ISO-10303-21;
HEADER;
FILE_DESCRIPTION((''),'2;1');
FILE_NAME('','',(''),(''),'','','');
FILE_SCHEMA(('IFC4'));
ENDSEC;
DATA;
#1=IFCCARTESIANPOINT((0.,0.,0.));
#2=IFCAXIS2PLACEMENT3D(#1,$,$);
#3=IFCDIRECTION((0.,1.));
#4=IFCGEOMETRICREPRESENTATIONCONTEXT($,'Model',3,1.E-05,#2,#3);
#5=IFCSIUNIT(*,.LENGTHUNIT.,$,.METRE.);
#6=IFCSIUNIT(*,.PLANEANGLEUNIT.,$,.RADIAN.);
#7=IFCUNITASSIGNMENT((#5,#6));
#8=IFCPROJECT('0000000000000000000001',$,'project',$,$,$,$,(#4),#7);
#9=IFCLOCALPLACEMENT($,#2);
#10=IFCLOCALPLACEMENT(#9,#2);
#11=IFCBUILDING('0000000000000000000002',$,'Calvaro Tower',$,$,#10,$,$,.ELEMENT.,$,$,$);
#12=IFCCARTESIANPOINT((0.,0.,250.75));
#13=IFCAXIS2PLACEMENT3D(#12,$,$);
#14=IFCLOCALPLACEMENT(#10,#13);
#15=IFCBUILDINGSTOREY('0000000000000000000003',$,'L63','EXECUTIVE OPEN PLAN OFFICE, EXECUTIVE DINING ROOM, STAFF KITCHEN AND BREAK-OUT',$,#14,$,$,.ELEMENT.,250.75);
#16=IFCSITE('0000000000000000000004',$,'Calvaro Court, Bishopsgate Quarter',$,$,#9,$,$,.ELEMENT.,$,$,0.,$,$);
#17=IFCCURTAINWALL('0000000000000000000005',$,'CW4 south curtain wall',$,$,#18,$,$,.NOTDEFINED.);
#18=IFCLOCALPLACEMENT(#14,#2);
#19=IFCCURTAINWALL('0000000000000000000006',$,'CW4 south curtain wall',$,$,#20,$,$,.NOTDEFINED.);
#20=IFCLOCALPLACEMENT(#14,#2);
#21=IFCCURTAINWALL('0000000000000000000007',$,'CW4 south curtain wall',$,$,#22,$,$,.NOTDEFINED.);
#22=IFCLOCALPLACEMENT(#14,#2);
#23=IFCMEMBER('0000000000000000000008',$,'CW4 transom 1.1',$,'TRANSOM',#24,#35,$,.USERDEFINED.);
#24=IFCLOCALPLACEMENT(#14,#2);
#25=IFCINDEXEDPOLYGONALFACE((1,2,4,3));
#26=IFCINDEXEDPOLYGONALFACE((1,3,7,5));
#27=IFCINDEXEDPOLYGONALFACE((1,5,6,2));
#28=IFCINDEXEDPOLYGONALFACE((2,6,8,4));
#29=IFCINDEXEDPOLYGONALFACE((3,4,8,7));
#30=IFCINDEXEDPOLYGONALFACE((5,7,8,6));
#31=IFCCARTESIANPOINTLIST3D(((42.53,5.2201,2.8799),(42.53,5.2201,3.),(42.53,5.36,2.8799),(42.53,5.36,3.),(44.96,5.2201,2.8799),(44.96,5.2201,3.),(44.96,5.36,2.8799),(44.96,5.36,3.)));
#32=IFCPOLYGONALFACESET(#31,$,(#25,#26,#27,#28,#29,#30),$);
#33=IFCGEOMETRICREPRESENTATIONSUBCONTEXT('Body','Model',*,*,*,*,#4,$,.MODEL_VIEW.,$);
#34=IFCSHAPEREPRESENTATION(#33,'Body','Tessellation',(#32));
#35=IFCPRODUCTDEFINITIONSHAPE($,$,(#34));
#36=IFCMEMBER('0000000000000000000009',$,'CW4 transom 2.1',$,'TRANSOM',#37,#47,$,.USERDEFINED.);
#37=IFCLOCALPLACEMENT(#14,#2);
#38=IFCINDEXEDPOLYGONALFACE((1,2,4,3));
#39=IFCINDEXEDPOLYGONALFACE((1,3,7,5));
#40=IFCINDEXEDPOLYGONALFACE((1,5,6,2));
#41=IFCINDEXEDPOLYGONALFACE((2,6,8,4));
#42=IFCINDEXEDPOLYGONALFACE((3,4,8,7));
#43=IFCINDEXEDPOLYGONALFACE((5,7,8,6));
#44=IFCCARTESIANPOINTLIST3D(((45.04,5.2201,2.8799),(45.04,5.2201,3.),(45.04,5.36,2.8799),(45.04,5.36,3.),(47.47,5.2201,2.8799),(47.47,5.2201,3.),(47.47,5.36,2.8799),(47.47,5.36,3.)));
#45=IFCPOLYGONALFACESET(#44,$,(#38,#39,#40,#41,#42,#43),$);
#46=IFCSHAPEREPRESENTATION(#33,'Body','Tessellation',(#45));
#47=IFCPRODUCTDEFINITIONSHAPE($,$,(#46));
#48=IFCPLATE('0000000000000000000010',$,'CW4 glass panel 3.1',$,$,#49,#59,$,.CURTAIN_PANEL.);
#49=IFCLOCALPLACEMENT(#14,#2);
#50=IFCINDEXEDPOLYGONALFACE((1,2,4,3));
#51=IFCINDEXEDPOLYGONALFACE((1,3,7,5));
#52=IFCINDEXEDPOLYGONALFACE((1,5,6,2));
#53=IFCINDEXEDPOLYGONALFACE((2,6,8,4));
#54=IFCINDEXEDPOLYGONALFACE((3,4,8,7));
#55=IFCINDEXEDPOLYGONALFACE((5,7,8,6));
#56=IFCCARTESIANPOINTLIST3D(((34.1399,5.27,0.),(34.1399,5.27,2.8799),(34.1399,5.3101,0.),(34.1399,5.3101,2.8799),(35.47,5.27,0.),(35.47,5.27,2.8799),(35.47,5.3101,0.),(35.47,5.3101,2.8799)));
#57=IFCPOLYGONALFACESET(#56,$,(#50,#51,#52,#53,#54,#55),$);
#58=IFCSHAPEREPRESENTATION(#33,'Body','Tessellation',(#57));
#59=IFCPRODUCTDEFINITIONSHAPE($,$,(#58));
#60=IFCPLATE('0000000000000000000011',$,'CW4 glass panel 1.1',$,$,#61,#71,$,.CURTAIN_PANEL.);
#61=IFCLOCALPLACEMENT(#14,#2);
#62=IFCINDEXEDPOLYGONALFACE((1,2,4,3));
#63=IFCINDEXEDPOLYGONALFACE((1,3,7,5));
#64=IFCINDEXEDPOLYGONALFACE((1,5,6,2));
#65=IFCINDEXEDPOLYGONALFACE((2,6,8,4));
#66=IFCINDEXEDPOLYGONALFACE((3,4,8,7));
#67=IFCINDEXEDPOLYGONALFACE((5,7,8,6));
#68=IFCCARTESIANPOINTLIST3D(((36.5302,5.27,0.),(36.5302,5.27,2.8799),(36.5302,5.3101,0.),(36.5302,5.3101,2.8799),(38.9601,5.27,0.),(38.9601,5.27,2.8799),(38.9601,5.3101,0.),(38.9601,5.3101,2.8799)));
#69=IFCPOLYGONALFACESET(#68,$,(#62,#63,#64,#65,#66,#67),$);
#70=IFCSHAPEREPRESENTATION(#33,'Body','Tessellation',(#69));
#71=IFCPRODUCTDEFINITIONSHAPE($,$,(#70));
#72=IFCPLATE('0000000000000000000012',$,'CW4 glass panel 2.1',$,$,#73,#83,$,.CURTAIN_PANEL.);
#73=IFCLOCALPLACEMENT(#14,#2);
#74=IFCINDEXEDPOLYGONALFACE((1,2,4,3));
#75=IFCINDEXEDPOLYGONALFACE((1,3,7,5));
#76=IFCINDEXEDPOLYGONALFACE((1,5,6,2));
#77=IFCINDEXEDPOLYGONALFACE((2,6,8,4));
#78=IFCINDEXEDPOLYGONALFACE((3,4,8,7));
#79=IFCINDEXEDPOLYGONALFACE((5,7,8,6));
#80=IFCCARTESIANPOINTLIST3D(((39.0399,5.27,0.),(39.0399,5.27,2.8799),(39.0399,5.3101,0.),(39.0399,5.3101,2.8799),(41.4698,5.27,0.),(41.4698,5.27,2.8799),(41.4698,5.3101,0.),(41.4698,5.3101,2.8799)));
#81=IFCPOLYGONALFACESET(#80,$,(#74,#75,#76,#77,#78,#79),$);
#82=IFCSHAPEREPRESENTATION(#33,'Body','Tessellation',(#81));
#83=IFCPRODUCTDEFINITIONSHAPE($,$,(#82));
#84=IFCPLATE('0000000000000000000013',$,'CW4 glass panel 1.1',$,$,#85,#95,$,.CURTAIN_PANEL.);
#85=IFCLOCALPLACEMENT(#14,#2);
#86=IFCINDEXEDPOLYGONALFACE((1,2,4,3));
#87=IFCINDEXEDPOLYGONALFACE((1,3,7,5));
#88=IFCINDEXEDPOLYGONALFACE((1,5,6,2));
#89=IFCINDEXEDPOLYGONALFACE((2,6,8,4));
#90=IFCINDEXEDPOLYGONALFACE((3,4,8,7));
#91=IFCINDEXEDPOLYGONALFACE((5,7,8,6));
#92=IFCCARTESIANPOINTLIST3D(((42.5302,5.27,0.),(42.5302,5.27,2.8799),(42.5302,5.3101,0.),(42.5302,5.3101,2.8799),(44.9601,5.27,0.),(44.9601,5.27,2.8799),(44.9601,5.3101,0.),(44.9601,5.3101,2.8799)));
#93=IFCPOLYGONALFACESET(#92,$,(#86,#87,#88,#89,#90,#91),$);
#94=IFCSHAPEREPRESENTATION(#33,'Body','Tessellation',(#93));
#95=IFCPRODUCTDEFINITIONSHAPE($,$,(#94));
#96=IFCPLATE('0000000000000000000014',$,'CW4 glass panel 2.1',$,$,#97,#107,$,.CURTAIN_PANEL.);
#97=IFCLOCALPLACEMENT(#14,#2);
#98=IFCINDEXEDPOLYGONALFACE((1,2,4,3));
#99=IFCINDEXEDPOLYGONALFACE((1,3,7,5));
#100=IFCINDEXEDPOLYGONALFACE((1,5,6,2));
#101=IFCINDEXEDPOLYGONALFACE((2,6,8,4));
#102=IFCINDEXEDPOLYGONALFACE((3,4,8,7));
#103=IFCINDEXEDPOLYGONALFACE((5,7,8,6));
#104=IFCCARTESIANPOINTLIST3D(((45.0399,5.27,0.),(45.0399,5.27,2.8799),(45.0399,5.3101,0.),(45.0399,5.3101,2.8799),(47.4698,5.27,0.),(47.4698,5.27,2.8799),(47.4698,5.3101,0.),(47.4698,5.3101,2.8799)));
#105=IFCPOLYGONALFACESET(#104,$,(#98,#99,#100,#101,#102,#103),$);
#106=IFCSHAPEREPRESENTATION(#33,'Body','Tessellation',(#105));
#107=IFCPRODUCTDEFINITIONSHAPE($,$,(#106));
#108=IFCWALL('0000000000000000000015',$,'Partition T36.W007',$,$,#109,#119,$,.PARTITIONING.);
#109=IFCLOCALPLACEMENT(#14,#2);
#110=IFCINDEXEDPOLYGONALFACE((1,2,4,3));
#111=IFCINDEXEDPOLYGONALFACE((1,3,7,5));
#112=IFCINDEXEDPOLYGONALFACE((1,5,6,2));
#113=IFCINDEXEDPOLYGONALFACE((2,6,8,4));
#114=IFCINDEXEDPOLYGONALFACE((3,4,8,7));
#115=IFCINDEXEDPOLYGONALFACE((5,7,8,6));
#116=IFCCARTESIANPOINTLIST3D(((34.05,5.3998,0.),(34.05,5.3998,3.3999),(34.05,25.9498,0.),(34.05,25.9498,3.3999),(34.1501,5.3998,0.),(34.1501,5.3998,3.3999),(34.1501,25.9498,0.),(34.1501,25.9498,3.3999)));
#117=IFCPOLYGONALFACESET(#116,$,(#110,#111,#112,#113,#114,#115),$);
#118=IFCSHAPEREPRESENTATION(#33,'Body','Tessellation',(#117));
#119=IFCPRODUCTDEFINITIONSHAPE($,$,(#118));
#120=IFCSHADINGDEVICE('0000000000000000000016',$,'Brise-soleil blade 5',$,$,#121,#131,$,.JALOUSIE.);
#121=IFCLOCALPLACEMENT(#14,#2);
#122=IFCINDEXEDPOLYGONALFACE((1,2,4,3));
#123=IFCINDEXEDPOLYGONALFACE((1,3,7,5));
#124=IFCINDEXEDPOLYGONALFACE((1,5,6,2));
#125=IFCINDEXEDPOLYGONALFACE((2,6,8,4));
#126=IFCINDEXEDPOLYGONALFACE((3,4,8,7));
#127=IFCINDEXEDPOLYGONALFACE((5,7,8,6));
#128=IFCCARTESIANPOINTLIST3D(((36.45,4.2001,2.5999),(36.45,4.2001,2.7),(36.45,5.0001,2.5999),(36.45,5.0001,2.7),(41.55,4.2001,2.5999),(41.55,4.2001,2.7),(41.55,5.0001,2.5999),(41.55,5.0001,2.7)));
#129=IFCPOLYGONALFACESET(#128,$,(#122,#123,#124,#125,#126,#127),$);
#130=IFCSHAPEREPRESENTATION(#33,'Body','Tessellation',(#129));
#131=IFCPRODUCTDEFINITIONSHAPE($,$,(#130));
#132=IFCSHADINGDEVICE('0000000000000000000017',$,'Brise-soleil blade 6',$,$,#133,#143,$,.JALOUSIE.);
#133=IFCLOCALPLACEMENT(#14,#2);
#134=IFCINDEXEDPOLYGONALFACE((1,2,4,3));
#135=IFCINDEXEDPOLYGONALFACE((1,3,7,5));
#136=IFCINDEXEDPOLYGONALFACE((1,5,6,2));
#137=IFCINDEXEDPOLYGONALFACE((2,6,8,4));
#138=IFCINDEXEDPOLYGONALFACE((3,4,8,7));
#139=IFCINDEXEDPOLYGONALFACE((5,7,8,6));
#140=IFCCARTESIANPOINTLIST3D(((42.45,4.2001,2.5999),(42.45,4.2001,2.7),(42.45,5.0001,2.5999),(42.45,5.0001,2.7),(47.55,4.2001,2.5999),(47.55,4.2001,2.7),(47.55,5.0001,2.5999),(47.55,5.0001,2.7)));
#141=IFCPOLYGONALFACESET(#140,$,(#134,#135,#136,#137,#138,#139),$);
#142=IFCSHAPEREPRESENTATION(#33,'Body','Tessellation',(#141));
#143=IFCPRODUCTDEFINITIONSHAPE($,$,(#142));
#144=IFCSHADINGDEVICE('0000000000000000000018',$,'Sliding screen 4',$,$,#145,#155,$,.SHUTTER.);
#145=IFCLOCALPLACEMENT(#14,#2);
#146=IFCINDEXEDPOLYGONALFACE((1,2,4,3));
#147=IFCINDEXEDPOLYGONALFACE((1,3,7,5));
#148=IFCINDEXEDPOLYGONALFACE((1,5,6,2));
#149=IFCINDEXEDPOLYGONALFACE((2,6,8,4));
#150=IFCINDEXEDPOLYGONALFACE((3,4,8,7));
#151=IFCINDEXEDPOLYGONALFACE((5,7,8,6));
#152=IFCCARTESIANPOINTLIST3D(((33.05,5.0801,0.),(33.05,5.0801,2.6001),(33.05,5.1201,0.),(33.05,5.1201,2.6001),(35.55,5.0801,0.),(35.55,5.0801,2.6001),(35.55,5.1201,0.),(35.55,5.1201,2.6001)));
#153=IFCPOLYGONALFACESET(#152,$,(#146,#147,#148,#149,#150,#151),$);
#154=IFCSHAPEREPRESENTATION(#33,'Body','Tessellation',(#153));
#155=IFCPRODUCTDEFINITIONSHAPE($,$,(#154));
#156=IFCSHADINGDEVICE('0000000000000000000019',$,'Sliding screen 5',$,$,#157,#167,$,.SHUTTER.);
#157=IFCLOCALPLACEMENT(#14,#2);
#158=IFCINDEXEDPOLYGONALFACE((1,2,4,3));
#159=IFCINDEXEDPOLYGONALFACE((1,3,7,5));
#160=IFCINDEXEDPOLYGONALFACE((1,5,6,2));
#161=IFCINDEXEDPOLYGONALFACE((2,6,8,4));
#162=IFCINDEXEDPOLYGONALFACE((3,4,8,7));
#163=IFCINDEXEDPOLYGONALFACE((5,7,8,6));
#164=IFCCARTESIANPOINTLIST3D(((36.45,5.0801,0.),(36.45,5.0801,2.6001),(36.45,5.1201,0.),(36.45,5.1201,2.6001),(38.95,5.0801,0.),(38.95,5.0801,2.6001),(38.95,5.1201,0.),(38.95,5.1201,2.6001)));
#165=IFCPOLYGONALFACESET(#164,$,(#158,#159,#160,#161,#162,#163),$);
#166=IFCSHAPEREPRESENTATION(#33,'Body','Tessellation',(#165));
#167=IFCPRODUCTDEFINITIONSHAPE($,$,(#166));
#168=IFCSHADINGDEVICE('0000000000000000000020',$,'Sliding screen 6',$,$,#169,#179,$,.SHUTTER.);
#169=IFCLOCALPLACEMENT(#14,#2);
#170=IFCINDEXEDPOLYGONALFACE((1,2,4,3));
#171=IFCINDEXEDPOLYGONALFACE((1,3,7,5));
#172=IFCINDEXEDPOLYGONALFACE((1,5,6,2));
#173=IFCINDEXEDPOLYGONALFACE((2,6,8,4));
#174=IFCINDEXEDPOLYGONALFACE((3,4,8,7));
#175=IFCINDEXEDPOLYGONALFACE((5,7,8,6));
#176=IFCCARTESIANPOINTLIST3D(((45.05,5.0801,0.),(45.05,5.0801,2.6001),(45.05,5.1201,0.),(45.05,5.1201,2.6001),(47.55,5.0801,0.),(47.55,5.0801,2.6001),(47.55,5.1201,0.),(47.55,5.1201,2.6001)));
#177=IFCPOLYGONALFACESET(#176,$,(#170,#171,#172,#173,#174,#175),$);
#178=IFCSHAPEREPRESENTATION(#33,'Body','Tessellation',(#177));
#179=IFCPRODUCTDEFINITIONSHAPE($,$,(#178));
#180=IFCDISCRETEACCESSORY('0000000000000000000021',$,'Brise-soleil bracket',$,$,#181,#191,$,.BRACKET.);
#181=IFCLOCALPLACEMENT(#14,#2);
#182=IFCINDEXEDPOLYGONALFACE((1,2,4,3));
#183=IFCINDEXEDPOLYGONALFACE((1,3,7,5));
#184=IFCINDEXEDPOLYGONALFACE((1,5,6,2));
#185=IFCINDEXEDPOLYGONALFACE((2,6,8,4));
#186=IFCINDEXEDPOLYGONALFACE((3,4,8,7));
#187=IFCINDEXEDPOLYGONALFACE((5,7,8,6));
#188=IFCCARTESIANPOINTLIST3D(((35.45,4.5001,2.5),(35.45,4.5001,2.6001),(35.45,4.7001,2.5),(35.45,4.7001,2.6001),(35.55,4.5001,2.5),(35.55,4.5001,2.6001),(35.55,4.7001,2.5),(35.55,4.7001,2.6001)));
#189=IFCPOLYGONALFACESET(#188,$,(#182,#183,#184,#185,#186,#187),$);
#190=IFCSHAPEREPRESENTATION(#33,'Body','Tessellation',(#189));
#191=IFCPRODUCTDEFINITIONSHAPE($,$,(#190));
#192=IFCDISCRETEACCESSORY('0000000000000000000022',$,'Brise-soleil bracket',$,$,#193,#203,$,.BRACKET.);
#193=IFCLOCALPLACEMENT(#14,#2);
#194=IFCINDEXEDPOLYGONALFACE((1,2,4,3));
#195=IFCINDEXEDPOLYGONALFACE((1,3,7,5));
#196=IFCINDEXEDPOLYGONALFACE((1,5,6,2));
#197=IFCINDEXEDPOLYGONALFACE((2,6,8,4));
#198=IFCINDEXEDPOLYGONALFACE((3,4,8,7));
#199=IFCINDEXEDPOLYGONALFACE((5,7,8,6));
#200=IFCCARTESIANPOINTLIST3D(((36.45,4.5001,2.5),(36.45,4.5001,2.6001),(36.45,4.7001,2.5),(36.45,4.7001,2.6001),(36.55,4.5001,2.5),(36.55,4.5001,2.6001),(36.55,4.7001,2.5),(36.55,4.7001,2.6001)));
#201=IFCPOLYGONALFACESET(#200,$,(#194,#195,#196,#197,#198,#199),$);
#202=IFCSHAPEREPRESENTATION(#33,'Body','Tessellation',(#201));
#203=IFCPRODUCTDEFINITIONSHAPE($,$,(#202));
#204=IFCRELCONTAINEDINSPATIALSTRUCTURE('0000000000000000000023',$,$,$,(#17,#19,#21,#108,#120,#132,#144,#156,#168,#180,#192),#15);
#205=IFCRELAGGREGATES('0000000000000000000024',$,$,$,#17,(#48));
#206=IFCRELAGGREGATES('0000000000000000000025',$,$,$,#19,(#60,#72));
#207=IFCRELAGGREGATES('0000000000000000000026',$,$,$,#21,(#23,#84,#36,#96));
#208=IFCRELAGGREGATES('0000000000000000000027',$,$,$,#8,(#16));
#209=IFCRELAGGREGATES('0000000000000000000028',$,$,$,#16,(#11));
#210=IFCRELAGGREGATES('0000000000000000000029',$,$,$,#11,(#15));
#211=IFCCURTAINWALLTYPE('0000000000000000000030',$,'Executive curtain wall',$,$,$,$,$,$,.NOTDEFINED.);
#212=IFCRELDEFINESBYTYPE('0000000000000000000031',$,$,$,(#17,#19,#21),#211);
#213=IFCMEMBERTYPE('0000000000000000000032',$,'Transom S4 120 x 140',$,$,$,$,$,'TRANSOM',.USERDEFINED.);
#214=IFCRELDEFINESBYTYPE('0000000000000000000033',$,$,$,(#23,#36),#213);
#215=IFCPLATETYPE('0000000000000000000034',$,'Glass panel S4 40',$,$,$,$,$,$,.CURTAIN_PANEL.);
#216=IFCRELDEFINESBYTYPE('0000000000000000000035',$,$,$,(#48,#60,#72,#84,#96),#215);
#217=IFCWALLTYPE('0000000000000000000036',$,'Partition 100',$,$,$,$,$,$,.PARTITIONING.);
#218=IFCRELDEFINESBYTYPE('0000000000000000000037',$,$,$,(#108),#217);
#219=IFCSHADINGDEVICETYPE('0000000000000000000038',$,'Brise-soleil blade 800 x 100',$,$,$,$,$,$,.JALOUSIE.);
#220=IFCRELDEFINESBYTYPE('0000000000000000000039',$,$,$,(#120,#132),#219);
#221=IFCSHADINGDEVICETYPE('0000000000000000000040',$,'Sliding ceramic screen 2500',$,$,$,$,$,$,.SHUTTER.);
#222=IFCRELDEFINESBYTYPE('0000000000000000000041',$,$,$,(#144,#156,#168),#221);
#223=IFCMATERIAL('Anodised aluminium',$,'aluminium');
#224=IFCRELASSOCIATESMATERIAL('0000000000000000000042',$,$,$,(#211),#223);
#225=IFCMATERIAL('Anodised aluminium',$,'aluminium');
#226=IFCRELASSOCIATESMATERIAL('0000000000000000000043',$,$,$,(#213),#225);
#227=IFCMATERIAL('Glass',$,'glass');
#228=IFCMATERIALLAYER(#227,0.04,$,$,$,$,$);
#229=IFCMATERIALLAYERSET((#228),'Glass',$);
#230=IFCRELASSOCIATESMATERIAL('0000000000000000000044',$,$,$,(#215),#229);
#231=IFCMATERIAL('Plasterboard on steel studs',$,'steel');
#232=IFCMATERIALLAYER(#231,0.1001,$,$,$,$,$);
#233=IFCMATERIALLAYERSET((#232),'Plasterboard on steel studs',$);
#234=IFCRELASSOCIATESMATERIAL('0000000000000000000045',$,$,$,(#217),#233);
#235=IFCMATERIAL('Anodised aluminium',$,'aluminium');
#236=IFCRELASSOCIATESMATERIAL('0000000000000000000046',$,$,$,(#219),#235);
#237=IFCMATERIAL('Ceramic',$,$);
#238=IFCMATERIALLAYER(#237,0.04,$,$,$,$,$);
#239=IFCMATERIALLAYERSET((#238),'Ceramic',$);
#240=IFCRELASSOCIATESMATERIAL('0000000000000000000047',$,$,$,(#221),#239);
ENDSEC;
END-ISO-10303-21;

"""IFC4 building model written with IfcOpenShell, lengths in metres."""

from ifc_helpers import new_model, si_unit, direction, frame, frame_2d, origin, origin_2d, place, context, subcontext, project, spatial, rectangle, extrude, material, layer, layer_set, material_profile, profile_set, type_object, element, aggregate, save


model = new_model("IFC4")

# Units and contexts
model_context = context("Model", 3, precision=1e-05, world=origin(), true_north=direction((0.0, 1.0)))
body_context = subcontext(model_context, "Body", "Model", "MODEL_VIEW")
ifc_project = project(units=[si_unit("LENGTHUNIT", "METRE"), si_unit("PLANEANGLEUNIT", "RADIAN")], contexts=[model_context])

# Site, building, storey
site_placement = place(None, origin())
site = spatial("IfcSite", under=ifc_project, at=site_placement, Name="Calvaro Court, Bishopsgate Quarter", CompositionType="ELEMENT", RefElevation=0.0)
building_placement = place(site_placement, origin())
building = spatial("IfcBuilding", under=site, at=building_placement, Name="Calvaro Tower", CompositionType="ELEMENT")
storey_placement = place(building_placement, frame((0.0, 0.0, 250.75)))
storey = spatial("IfcBuildingStorey", under=building, at=storey_placement, Name="L63", Description="EXECUTIVE OPEN PLAN OFFICE, EXECUTIVE DINING ROOM, STAFF KITCHEN AND BREAK-OUT", CompositionType="ELEMENT", Elevation=250.75)

# Curtain wall
ifc_material_1 = material(Name="Anodised aluminium", Category="aluminium")
curtain_wall_type = type_object("IfcCurtainWallType", Name="Executive curtain wall", PredefinedType="NOTDEFINED", material=ifc_material_1)
curtain_wall_1_placement = place(storey_placement, origin())
curtain_wall_1 = element("IfcCurtainWall", 1, at=curtain_wall_1_placement, inside=storey, type_object=curtain_wall_type, Name="CW4 south curtain wall", PredefinedType="NOTDEFINED")

# Curtain walls
curtain_wall_2_placement = place(storey_placement, origin())
curtain_wall_2 = element("IfcCurtainWall", 2, at=curtain_wall_2_placement, inside=storey, type_object=curtain_wall_type, Name="CW4 south curtain wall", PredefinedType="NOTDEFINED")
curtain_wall_3_placement = place(storey_placement, origin())
curtain_wall_3 = element("IfcCurtainWall", 3, at=curtain_wall_3_placement, inside=storey, type_object=curtain_wall_type, Name="CW4 south curtain wall", PredefinedType="NOTDEFINED")

# Members
ifc_material_2 = material(Name="Anodised aluminium", Category="aluminium")
ifc_material_profile_1 = material_profile(ifc_material_2, rectangle(XDim=0.1399, YDim=0.1201, at=origin_2d()), Name="Transom S4 120 x 140")
ifc_profile_set_1 = profile_set([ifc_material_profile_1], Name="Anodised aluminium")
member_type_1 = type_object("IfcMemberType", Name="Transom S4 120 x 140", ElementType="TRANSOM", PredefinedType="USERDEFINED", material=ifc_profile_set_1)
member_1_placement = place(storey_placement, frame((42.53, 5.29, 2.9399), z_axis=(1.0, 0.0, 0.0), x_axis=(0.0, 1.0, 0.0)))
member_1 = element("IfcMember", 4, at=member_1_placement, type_object=member_type_1, Name="CW4 transom 1.1", ObjectType="TRANSOM", PredefinedType="USERDEFINED", context=body_context, shape_type="SweptSolid", body=[
    extrude(rectangle(XDim=0.1399, YDim=0.1201, at=origin_2d()), origin(), (0.0, 0.0, 1.0), 2.4299),
])
member_2_placement = place(storey_placement, frame((45.04, 5.29, 2.9399), z_axis=(1.0, 0.0, 0.0), x_axis=(0.0, 1.0, 0.0)))
member_2 = element("IfcMember", 5, at=member_2_placement, type_object=member_type_1, Name="CW4 transom 2.1", ObjectType="TRANSOM", PredefinedType="USERDEFINED", context=body_context, shape_type="SweptSolid", body=[
    extrude(rectangle(XDim=0.1399, YDim=0.1201, at=origin_2d()), origin(), (0.0, 0.0, 1.0), 2.4299),
])

# Plates
ifc_material_3 = material(Name="Glass", Category="glass")
ifc_layer_1 = layer(ifc_material_3, 0.04)
ifc_layer_set_1 = layer_set([ifc_layer_1], Name="Glass")
plate_type = type_object("IfcPlateType", Name="Glass panel S4 40", PredefinedType="CURTAIN_PANEL", material=ifc_layer_set_1)
plate_1_placement = place(storey_placement, frame((34.8049, 5.29, 0.0), z_axis=(0.0, 0.0, 1.0), x_axis=(1.0, 0.0, 0.0)))
plate_1 = element("IfcPlate", 6, at=plate_1_placement, type_object=plate_type, Name="CW4 glass panel 3.1", PredefinedType="CURTAIN_PANEL", context=body_context, shape_type="SweptSolid", body=[
    extrude(rectangle(XDim=1.3301, YDim=0.04, at=origin_2d()), origin(), (0.0, 0.0, 1.0), 2.8799),
])
aggregate(curtain_wall_1, [plate_1])
plate_2_placement = place(storey_placement, frame((37.7451, 5.29, 0.0), z_axis=(0.0, 0.0, 1.0), x_axis=(1.0, 0.0, 0.0)))
plate_2 = element("IfcPlate", 7, at=plate_2_placement, type_object=plate_type, Name="CW4 glass panel 1.1", PredefinedType="CURTAIN_PANEL", context=body_context, shape_type="SweptSolid", body=[
    extrude(rectangle(XDim=2.4299, YDim=0.04, at=origin_2d()), origin(), (0.0, 0.0, 1.0), 2.8799),
])
plate_3_placement = place(storey_placement, frame((40.2549, 5.29, 0.0), z_axis=(0.0, 0.0, 1.0), x_axis=(1.0, 0.0, 0.0)))
plate_3 = element("IfcPlate", 8, at=plate_3_placement, type_object=plate_type, Name="CW4 glass panel 2.1", PredefinedType="CURTAIN_PANEL", context=body_context, shape_type="SweptSolid", body=[
    extrude(rectangle(XDim=2.4299, YDim=0.04, at=origin_2d()), origin(), (0.0, 0.0, 1.0), 2.8799),
])
aggregate(curtain_wall_2, [plate_2, plate_3])
plate_4_placement = place(storey_placement, frame((43.7451, 5.29, 0.0), z_axis=(0.0, 0.0, 1.0), x_axis=(1.0, 0.0, 0.0)))
plate_4 = element("IfcPlate", 9, at=plate_4_placement, type_object=plate_type, Name="CW4 glass panel 1.1", PredefinedType="CURTAIN_PANEL", context=body_context, shape_type="SweptSolid", body=[
    extrude(rectangle(XDim=2.4299, YDim=0.04, at=origin_2d()), origin(), (0.0, 0.0, 1.0), 2.8799),
])
plate_5_placement = place(storey_placement, frame((46.2549, 5.29, 0.0), z_axis=(0.0, 0.0, 1.0), x_axis=(1.0, 0.0, 0.0)))
plate_5 = element("IfcPlate", 10, at=plate_5_placement, type_object=plate_type, Name="CW4 glass panel 2.1", PredefinedType="CURTAIN_PANEL", context=body_context, shape_type="SweptSolid", body=[
    extrude(rectangle(XDim=2.4299, YDim=0.04, at=origin_2d()), origin(), (0.0, 0.0, 1.0), 2.8799),
])
aggregate(curtain_wall_3, [member_1, plate_4, member_2, plate_5])

# Wall
ifc_material_4 = material(Name="Plasterboard on steel studs", Category="steel")
ifc_layer_2 = layer(ifc_material_4, 0.1001)
ifc_layer_set_2 = layer_set([ifc_layer_2], Name="Plasterboard on steel studs")
wall_type = type_object("IfcWallType", Name="Partition 100", PredefinedType="PARTITIONING", material=ifc_layer_set_2)
wall_placement = place(storey_placement, frame((34.1001, 5.3999, 0.0), z_axis=(0.0, 0.0, 1.0), x_axis=(0.0, 1.0, 0.0)))
element("IfcWall", 11, at=wall_placement, inside=storey, type_object=wall_type, Name="Partition T36.W007", PredefinedType="PARTITIONING", context=body_context, shape_type="SweptSolid", body=[
    extrude(rectangle(XDim=20.55, YDim=0.1001, at=frame_2d((10.2749, 0.0))), origin(), (0.0, 0.0, 1.0), 3.3999),
])

# Shading devices
ifc_material_5 = material(Name="Anodised aluminium", Category="aluminium")
ifc_material_profile_2 = material_profile(ifc_material_5, rectangle(XDim=0.8, YDim=0.1001, at=origin_2d()), Name="Brise-soleil blade 800 x 100")
ifc_profile_set_2 = profile_set([ifc_material_profile_2], Name="Anodised aluminium")
shading_device_type_1 = type_object("IfcShadingDeviceType", Name="Brise-soleil blade 800 x 100", PredefinedType="JALOUSIE", material=ifc_profile_set_2)
for number, where, z_axis, x_axis, name in (
    (12, (36.45, 4.6001, 2.6499), (1.0, 0.0, 0.0), (0.0, 1.0, 0.0), "Brise-soleil blade 5"),
    (13, (42.45, 4.6001, 2.6499), (1.0, 0.0, 0.0), (0.0, 1.0, 0.0), "Brise-soleil blade 6"),
):
    element("IfcShadingDevice", number, at=place(storey_placement, frame(where, z_axis=z_axis, x_axis=x_axis)), inside=storey, type_object=shading_device_type_1, Name=name, PredefinedType="JALOUSIE", context=body_context, shape_type="SweptSolid", body=[
        extrude(rectangle(XDim=0.8, YDim=0.1001, at=origin_2d()), origin(), (0.0, 0.0, 1.0), 5.1001),
    ])
ifc_material_6 = material(Name="Ceramic")
ifc_layer_3 = layer(ifc_material_6, 0.04)
ifc_layer_set_3 = layer_set([ifc_layer_3], Name="Ceramic")
shading_device_type_2 = type_object("IfcShadingDeviceType", Name="Sliding ceramic screen 2500", PredefinedType="SHUTTER", material=ifc_layer_set_3)
for number, where, z_axis, x_axis, name in (
    (14, (34.3, 5.1001, 0.0), (0.0, 0.0, 1.0), (1.0, 0.0, 0.0), "Sliding screen 4"),
    (15, (37.7, 5.1001, 0.0), (0.0, 0.0, 1.0), (1.0, 0.0, 0.0), "Sliding screen 5"),
    (16, (46.3, 5.1001, 0.0), (0.0, 0.0, 1.0), (1.0, 0.0, 0.0), "Sliding screen 6"),
):
    element("IfcShadingDevice", number, at=place(storey_placement, frame(where, z_axis=z_axis, x_axis=x_axis)), inside=storey, type_object=shading_device_type_2, Name=name, PredefinedType="SHUTTER", context=body_context, shape_type="SweptSolid", body=[
        extrude(rectangle(XDim=2.5, YDim=0.04, at=origin_2d()), origin(), (0.0, 0.0, 1.0), 2.6001),
    ])

# Discrete accessories
for number, where, z_axis, x_axis, name in (
    (17, (35.5, 4.6001, 2.5), (0.0, 0.0, 1.0), (1.0, 0.0, 0.0), "Brise-soleil bracket"),
    (18, (36.5, 4.6001, 2.5), (0.0, 0.0, 1.0), (1.0, 0.0, 0.0), "Brise-soleil bracket"),
):
    element("IfcDiscreteAccessory", number, at=place(storey_placement, frame(where, z_axis=z_axis, x_axis=x_axis)), inside=storey, Name=name, PredefinedType="BRACKET", context=body_context, shape_type="SweptSolid", body=[
        extrude(rectangle(XDim=0.1001, YDim=0.2, at=origin_2d()), origin(), (0.0, 0.0, 1.0), 0.1001),
    ])

save(model, "model.ifc")
